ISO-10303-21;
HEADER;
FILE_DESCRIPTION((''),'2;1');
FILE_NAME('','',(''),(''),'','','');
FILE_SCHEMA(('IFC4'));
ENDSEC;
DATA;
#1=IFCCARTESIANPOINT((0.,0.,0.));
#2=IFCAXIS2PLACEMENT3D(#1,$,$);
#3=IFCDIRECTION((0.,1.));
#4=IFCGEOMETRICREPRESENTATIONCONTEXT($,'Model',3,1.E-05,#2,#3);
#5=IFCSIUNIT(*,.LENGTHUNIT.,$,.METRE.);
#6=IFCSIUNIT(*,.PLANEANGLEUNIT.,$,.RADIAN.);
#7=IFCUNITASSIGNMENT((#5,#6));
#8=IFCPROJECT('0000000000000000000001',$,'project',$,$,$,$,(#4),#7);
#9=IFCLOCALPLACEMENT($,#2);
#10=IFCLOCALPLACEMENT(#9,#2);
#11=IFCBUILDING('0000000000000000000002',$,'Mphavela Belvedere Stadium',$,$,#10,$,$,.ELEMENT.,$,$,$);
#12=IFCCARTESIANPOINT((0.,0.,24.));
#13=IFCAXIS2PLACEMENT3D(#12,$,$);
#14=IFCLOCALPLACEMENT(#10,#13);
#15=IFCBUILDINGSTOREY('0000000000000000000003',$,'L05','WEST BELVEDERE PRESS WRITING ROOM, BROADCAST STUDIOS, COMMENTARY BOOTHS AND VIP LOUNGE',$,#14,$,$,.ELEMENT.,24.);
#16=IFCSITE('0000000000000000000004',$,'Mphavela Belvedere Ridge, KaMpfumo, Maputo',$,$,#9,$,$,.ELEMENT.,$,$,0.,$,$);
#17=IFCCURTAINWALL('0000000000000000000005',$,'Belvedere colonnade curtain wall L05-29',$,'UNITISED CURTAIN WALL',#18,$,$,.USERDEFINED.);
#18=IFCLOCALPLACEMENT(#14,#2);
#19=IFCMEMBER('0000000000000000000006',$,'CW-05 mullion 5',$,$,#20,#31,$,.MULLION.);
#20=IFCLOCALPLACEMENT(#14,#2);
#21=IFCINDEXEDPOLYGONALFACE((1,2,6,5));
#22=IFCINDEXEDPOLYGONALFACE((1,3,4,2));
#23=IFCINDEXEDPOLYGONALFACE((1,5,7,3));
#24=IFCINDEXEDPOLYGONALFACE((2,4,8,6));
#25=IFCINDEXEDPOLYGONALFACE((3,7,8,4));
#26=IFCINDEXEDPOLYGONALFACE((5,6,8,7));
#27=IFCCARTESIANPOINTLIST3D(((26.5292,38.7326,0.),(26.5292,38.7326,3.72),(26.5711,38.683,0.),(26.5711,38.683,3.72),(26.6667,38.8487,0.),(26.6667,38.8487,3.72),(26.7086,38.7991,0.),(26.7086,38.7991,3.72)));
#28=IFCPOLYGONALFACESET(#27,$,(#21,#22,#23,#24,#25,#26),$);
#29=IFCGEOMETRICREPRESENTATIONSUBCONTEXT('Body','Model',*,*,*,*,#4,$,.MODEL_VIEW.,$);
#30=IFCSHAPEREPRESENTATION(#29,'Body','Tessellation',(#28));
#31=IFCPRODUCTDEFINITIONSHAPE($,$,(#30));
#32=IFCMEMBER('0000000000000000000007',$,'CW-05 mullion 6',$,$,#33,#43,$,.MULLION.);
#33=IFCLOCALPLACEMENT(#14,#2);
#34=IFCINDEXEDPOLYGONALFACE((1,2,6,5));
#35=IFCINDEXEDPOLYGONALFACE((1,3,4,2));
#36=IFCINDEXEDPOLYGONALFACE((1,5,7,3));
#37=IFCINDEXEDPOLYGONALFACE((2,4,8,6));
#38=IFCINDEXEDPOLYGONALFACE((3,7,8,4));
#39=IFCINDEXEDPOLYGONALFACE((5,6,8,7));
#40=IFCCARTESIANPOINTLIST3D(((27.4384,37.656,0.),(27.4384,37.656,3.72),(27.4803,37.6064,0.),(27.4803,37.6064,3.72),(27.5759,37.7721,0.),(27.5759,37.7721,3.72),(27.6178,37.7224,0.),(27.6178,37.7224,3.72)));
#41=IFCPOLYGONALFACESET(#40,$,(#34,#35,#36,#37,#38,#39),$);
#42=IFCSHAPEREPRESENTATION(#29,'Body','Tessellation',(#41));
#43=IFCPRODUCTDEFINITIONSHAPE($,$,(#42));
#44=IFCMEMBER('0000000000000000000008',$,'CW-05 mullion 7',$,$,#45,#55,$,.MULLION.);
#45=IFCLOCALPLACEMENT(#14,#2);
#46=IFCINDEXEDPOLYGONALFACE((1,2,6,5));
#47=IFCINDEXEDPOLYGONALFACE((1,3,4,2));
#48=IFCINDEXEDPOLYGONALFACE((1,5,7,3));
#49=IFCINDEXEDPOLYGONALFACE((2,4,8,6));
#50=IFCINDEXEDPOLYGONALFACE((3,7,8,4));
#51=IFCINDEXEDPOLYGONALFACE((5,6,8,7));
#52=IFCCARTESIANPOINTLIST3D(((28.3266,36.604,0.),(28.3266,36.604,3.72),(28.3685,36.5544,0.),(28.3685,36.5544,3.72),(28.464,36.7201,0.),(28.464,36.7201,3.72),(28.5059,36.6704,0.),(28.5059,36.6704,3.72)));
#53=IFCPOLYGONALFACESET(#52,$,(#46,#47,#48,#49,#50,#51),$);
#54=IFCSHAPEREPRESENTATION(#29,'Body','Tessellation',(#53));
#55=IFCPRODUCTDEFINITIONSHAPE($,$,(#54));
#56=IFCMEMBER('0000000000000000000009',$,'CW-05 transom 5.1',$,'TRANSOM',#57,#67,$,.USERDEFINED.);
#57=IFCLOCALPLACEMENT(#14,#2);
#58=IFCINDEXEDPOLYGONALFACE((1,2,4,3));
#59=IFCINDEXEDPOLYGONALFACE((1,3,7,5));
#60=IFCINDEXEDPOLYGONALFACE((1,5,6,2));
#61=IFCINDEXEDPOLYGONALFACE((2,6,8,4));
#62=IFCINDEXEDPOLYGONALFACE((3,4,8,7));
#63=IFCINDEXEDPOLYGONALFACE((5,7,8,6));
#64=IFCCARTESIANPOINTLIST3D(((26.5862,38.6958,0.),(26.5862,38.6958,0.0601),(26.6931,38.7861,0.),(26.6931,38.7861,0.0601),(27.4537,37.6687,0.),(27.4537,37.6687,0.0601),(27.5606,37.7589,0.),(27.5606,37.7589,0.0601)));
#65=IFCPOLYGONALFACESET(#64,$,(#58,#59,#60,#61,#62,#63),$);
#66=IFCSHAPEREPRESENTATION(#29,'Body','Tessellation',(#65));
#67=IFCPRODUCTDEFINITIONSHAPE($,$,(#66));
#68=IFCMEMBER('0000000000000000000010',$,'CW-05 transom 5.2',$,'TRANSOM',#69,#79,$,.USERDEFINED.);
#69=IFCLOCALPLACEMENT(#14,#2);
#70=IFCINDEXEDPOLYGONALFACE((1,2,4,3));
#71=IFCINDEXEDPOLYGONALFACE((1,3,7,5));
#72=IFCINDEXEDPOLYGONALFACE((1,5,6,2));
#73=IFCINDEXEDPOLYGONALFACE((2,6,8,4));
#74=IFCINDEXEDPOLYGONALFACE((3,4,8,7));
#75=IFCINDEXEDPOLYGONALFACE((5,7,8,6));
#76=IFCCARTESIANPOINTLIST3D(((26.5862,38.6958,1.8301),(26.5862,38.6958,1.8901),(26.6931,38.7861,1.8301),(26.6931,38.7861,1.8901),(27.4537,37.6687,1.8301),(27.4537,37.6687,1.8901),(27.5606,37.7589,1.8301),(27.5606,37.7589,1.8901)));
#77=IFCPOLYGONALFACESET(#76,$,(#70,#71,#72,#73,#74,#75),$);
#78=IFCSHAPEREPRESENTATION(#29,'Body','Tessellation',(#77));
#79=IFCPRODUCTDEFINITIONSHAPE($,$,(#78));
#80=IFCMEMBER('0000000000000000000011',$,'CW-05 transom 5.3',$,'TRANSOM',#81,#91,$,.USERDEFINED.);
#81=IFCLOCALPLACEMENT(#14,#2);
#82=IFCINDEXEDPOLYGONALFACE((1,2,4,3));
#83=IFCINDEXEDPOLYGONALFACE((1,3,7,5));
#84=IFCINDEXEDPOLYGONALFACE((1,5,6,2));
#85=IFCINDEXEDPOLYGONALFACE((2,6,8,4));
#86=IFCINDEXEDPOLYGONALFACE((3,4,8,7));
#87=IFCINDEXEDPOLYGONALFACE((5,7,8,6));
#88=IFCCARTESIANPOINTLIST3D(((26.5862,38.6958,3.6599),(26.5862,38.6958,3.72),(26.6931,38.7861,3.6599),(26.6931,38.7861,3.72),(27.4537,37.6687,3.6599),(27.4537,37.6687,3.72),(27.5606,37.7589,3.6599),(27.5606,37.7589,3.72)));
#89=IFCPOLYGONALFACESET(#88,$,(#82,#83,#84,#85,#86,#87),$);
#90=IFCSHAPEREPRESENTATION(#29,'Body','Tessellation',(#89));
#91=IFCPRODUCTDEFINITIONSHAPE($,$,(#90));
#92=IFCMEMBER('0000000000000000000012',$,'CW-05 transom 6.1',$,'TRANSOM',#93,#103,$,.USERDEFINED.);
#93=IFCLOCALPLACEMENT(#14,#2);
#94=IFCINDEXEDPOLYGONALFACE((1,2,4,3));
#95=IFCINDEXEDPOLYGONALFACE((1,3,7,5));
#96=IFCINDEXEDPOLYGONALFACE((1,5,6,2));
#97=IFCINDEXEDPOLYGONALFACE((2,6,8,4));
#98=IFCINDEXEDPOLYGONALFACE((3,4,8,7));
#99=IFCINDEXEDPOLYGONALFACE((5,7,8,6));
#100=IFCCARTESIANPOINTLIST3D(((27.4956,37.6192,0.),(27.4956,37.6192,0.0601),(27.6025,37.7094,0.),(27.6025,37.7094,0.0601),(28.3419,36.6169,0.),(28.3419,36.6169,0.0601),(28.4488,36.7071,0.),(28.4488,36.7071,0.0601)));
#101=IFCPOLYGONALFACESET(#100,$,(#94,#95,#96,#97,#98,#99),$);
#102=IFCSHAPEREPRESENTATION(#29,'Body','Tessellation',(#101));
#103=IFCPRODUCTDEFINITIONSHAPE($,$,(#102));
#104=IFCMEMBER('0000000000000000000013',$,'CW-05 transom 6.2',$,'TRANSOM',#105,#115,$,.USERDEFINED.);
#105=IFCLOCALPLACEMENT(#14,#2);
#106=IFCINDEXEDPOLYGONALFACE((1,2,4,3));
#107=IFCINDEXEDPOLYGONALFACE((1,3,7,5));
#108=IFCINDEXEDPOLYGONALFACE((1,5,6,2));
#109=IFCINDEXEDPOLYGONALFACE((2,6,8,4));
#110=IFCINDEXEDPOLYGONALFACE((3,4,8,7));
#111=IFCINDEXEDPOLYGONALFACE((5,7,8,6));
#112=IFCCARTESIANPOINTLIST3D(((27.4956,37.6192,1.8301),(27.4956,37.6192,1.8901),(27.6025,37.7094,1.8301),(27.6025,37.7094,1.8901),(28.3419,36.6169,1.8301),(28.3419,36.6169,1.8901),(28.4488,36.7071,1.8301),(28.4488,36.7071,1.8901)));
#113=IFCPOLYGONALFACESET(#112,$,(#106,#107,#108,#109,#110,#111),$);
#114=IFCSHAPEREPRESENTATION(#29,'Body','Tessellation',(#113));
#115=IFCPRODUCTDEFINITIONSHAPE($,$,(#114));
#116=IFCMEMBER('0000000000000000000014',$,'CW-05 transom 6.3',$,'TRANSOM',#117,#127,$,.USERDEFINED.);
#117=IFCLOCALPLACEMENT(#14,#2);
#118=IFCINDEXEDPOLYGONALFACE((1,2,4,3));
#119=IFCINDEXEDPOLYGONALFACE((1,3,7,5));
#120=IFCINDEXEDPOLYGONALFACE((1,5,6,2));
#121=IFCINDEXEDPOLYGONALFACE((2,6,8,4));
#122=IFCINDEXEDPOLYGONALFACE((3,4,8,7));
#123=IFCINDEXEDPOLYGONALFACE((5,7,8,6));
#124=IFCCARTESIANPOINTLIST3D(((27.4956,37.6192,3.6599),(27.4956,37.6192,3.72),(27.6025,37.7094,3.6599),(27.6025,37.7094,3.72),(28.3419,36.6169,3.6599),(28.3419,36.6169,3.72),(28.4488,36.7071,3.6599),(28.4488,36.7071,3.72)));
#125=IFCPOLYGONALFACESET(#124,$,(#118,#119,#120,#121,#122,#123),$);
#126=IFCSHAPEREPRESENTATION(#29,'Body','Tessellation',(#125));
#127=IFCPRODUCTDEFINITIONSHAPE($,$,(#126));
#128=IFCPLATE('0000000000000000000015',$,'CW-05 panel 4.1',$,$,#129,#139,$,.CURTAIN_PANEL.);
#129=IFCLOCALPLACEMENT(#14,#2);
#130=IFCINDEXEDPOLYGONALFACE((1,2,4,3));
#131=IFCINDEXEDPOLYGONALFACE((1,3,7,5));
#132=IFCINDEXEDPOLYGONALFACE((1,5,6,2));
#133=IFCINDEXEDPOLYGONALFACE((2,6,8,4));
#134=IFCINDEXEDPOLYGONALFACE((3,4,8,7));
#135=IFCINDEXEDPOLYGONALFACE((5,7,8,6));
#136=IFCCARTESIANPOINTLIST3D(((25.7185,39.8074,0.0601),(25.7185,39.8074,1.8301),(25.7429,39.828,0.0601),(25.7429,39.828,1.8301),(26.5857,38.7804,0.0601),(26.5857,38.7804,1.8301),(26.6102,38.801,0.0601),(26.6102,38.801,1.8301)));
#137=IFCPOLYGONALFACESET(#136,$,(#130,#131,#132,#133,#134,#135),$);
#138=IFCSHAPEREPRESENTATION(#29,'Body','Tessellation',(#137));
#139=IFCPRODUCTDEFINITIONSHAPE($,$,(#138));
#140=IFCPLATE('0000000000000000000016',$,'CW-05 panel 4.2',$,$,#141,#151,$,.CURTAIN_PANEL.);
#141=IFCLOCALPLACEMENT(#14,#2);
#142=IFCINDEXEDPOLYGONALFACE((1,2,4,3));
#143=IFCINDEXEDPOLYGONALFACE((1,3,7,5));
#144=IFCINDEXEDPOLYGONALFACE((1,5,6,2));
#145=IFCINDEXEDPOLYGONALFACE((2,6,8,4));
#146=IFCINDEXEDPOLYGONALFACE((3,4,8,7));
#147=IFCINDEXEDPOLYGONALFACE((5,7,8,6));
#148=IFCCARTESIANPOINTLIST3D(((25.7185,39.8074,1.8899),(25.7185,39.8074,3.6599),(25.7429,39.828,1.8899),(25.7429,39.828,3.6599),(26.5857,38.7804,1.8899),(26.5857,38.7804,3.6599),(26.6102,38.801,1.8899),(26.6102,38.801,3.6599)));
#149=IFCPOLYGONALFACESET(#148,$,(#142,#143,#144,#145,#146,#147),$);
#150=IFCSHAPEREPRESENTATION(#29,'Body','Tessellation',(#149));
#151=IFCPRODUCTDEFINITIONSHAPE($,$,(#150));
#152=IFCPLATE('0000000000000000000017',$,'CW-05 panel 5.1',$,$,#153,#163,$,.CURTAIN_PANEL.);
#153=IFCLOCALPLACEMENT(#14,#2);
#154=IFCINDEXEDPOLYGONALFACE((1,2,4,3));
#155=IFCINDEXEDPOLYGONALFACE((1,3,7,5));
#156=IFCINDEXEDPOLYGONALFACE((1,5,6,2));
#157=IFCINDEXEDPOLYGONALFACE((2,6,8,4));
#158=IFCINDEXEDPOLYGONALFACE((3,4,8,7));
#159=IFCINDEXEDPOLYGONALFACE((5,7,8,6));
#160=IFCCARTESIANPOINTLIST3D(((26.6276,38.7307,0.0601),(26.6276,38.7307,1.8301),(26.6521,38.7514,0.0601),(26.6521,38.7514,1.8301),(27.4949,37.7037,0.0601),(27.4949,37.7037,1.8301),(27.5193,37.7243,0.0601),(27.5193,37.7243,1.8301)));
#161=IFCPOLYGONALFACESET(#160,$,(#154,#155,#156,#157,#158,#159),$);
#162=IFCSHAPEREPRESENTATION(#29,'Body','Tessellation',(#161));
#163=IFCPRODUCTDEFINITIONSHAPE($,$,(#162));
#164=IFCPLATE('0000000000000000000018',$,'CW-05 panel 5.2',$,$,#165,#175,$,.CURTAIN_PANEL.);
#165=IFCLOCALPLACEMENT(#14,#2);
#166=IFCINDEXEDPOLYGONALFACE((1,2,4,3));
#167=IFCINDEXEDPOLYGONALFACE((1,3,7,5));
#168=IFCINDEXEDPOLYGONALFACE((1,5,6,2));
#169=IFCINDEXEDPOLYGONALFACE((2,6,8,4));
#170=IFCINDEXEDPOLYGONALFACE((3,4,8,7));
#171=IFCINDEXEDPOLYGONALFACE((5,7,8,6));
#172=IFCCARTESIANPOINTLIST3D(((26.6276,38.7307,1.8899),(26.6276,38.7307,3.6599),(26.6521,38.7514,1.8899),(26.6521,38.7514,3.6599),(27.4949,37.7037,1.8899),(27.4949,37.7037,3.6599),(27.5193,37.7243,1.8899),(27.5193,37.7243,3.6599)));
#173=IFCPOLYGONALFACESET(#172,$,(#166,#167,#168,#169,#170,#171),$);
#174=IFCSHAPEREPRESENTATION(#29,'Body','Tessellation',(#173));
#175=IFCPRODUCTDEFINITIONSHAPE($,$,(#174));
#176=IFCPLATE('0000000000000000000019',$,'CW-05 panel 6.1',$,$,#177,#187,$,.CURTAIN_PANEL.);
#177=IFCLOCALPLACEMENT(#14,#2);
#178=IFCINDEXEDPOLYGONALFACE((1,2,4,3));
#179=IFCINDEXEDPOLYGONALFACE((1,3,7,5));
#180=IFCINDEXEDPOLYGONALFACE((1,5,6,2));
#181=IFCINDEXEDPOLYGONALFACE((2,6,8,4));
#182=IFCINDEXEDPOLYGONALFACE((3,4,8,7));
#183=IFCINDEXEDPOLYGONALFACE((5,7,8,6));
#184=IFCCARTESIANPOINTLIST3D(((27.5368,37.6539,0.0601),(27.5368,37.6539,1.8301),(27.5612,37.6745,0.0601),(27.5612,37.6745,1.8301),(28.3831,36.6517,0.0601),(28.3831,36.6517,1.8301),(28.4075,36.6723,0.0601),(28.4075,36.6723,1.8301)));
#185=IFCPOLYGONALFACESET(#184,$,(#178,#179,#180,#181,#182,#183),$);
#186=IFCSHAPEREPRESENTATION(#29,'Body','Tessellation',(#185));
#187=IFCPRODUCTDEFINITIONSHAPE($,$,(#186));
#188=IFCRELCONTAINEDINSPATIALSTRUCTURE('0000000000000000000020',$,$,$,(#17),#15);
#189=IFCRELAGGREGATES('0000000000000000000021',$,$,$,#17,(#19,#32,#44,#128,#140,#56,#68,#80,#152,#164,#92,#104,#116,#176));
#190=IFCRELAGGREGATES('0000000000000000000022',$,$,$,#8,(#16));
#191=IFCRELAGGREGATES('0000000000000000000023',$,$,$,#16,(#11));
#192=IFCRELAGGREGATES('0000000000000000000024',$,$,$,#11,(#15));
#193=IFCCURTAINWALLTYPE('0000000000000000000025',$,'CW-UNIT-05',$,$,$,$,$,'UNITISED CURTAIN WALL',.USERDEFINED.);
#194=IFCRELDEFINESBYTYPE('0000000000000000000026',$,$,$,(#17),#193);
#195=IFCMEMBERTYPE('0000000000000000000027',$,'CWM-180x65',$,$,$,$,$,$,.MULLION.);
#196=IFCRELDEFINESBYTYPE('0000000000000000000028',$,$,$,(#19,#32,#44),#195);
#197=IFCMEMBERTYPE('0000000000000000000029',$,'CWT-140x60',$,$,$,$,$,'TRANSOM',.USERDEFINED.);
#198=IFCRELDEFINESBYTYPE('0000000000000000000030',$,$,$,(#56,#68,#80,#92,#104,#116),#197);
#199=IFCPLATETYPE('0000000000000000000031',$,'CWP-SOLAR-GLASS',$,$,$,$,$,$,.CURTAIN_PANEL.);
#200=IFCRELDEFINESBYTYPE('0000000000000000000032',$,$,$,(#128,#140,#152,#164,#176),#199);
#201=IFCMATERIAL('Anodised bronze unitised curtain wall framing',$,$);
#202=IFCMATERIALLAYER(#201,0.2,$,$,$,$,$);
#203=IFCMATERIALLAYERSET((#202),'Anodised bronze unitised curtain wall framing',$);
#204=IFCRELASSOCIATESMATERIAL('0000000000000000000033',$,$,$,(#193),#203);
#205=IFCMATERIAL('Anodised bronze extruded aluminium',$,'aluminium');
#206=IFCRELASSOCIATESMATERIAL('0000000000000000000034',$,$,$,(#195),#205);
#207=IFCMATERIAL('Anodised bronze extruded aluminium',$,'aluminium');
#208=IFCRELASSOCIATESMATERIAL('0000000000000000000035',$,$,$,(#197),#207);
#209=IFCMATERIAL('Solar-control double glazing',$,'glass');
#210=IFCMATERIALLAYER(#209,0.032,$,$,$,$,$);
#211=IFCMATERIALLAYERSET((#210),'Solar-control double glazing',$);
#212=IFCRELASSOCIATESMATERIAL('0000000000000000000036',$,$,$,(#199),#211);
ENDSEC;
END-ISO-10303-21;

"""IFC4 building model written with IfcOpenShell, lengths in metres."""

from ifc_helpers import new_model, si_unit, direction, frame, origin, origin_2d, place, context, subcontext, project, spatial, rectangle, extrude, material, layer, layer_set, material_profile, profile_set, type_object, element, aggregate, save


model = new_model("IFC4")

# Units and contexts
model_context = context("Model", 3, precision=1e-05, world=origin(), true_north=direction((0.0, 1.0)))
body_context = subcontext(model_context, "Body", "Model", "MODEL_VIEW")
ifc_project = project(units=[si_unit("LENGTHUNIT", "METRE"), si_unit("PLANEANGLEUNIT", "RADIAN")], contexts=[model_context])

# Site, building, storey
site_placement = place(None, origin())
site = spatial("IfcSite", under=ifc_project, at=site_placement, Name="Mphavela Belvedere Ridge, KaMpfumo, Maputo", CompositionType="ELEMENT", RefElevation=0.0)
building_placement = place(site_placement, origin())
building = spatial("IfcBuilding", under=site, at=building_placement, Name="Mphavela Belvedere Stadium", CompositionType="ELEMENT")
storey_placement = place(building_placement, frame((0.0, 0.0, 24.0)))
storey = spatial("IfcBuildingStorey", under=building, at=storey_placement, Name="L05", Description="WEST BELVEDERE PRESS WRITING ROOM, BROADCAST STUDIOS, COMMENTARY BOOTHS AND VIP LOUNGE", CompositionType="ELEMENT", Elevation=24.0)

# Curtain wall, members, plates
ifc_material_1 = material(Name="Anodised bronze unitised curtain wall framing")
ifc_layer_1 = layer(ifc_material_1, 0.2)
ifc_layer_set_1 = layer_set([ifc_layer_1], Name="Anodised bronze unitised curtain wall framing")
curtain_wall_type = type_object("IfcCurtainWallType", Name="CW-UNIT-05", ElementType="UNITISED CURTAIN WALL", PredefinedType="USERDEFINED", material=ifc_layer_set_1)
curtain_wall_placement = place(storey_placement, origin())
curtain_wall = element("IfcCurtainWall", 1, at=curtain_wall_placement, inside=storey, type_object=curtain_wall_type, Name="Belvedere colonnade curtain wall L05-29", ObjectType="UNITISED CURTAIN WALL", PredefinedType="USERDEFINED")
ifc_material_2 = material(Name="Anodised bronze extruded aluminium", Category="aluminium")
ifc_material_profile_1 = material_profile(ifc_material_2, rectangle(XDim=0.1799, YDim=0.0649, at=origin_2d()), Name="CW-MUL 180x65")
ifc_profile_set_1 = profile_set([ifc_material_profile_1], Name="Anodised bronze extruded aluminium")
member_type_1 = type_object("IfcMemberType", Name="CWM-180x65", PredefinedType="MULLION", material=ifc_profile_set_1)
member_1_placement = place(storey_placement, frame((26.6189, 38.7659, 0.0), z_axis=(0.0, 0.0, 1.0), x_axis=(0.764035, 0.645175, 0.0)))
member_1 = element("IfcMember", 2, at=member_1_placement, type_object=member_type_1, Name="CW-05 mullion 5", PredefinedType="MULLION", context=body_context, shape_type="SweptSolid", body=[
    extrude(rectangle(XDim=0.1799, YDim=0.0649, at=origin_2d()), origin(), (0.0, 0.0, 1.0), 3.72),
])
member_2_placement = place(storey_placement, frame((27.5281, 37.6892, 0.0), z_axis=(0.0, 0.0, 1.0), x_axis=(0.764035, 0.645175, 0.0)))
member_2 = element("IfcMember", 3, at=member_2_placement, type_object=member_type_1, Name="CW-05 mullion 6", PredefinedType="MULLION", context=body_context, shape_type="SweptSolid", body=[
    extrude(rectangle(XDim=0.1799, YDim=0.0649, at=origin_2d()), origin(), (0.0, 0.0, 1.0), 3.72),
])
member_3_placement = place(storey_placement, frame((28.4163, 36.6372, 0.0), z_axis=(0.0, 0.0, 1.0), x_axis=(0.764035, 0.645175, 0.0)))
member_3 = element("IfcMember", 4, at=member_3_placement, type_object=member_type_1, Name="CW-05 mullion 7", PredefinedType="MULLION", context=body_context, shape_type="SweptSolid", body=[
    extrude(rectangle(XDim=0.1799, YDim=0.0649, at=origin_2d()), origin(), (0.0, 0.0, 1.0), 3.72),
])
ifc_material_3 = material(Name="Anodised bronze extruded aluminium", Category="aluminium")
ifc_material_profile_2 = material_profile(ifc_material_3, rectangle(XDim=0.1399, YDim=0.0601, at=origin_2d()), Name="CW-TRN 140x60")
ifc_profile_set_2 = profile_set([ifc_material_profile_2], Name="Anodised bronze extruded aluminium")
member_type_2 = type_object("IfcMemberType", Name="CWT-140x60", ElementType="TRANSOM", PredefinedType="USERDEFINED", material=ifc_profile_set_2)
member_4_placement = place(storey_placement, frame((26.6396, 38.741, 0.03), z_axis=(0.645226, -0.763992, 0.0), x_axis=(0.763992, 0.645226, 0.0)))
member_4 = element("IfcMember", 5, at=member_4_placement, type_object=member_type_2, Name="CW-05 transom 5.1", ObjectType="TRANSOM", PredefinedType="USERDEFINED", context=body_context, shape_type="SweptSolid", body=[
    extrude(rectangle(XDim=0.1399, YDim=0.0601, at=origin_2d()), origin(), (0.0, 0.0, 1.0), 1.3445),
])
member_5_placement = place(storey_placement, frame((26.6396, 38.741, 1.8601), z_axis=(0.645226, -0.763992, 0.0), x_axis=(0.763992, 0.645226, 0.0)))
member_5 = element("IfcMember", 6, at=member_5_placement, type_object=member_type_2, Name="CW-05 transom 5.2", ObjectType="TRANSOM", PredefinedType="USERDEFINED", context=body_context, shape_type="SweptSolid", body=[
    extrude(rectangle(XDim=0.1399, YDim=0.0601, at=origin_2d()), origin(), (0.0, 0.0, 1.0), 1.3445),
])
member_6_placement = place(storey_placement, frame((26.6396, 38.741, 3.6899), z_axis=(0.645226, -0.763992, 0.0), x_axis=(0.763992, 0.645226, 0.0)))
member_6 = element("IfcMember", 7, at=member_6_placement, type_object=member_type_2, Name="CW-05 transom 5.3", ObjectType="TRANSOM", PredefinedType="USERDEFINED", context=body_context, shape_type="SweptSolid", body=[
    extrude(rectangle(XDim=0.1399, YDim=0.0601, at=origin_2d()), origin(), (0.0, 0.0, 1.0), 1.3445),
])
member_7_placement = place(storey_placement, frame((27.5491, 37.6643, 0.03), z_axis=(0.645133, -0.764071, 0.0), x_axis=(0.764071, 0.645133, 0.0)))
member_7 = element("IfcMember", 8, at=member_7_placement, type_object=member_type_2, Name="CW-05 transom 6.1", ObjectType="TRANSOM", PredefinedType="USERDEFINED", context=body_context, shape_type="SweptSolid", body=[
    extrude(rectangle(XDim=0.1399, YDim=0.0601, at=origin_2d()), origin(), (0.0, 0.0, 1.0), 1.3118),
])
member_8_placement = place(storey_placement, frame((27.5491, 37.6643, 1.8601), z_axis=(0.645133, -0.764071, 0.0), x_axis=(0.764071, 0.645133, 0.0)))
member_8 = element("IfcMember", 9, at=member_8_placement, type_object=member_type_2, Name="CW-05 transom 6.2", ObjectType="TRANSOM", PredefinedType="USERDEFINED", context=body_context, shape_type="SweptSolid", body=[
    extrude(rectangle(XDim=0.1399, YDim=0.0601, at=origin_2d()), origin(), (0.0, 0.0, 1.0), 1.3118),
])
member_9_placement = place(storey_placement, frame((27.5491, 37.6643, 3.6899), z_axis=(0.645133, -0.764071, 0.0), x_axis=(0.764071, 0.645133, 0.0)))
member_9 = element("IfcMember", 10, at=member_9_placement, type_object=member_type_2, Name="CW-05 transom 6.3", ObjectType="TRANSOM", PredefinedType="USERDEFINED", context=body_context, shape_type="SweptSolid", body=[
    extrude(rectangle(XDim=0.1399, YDim=0.0601, at=origin_2d()), origin(), (0.0, 0.0, 1.0), 1.3118),
])
ifc_material_4 = material(Name="Solar-control double glazing", Category="glass")
ifc_layer_2 = layer(ifc_material_4, 0.032)
ifc_layer_set_2 = layer_set([ifc_layer_2], Name="Solar-control double glazing")
plate_type = type_object("IfcPlateType", Name="CWP-SOLAR-GLASS", PredefinedType="CURTAIN_PANEL", material=ifc_layer_set_2)
plate_1_placement = place(storey_placement, frame((26.1643, 39.3042, 0.0601), z_axis=(0.0, 0.0, 1.0), x_axis=(0.645175, -0.764035, 0.0)))
plate_1 = element("IfcPlate", 11, at=plate_1_placement, type_object=plate_type, Name="CW-05 panel 4.1", PredefinedType="CURTAIN_PANEL", context=body_context, shape_type="SweptSolid", body=[
    extrude(rectangle(XDim=1.3442, YDim=0.032, at=origin_2d()), origin(), (0.0, 0.0, 1.0), 1.77),
])
plate_2_placement = place(storey_placement, frame((26.1643, 39.3042, 1.8899), z_axis=(0.0, 0.0, 1.0), x_axis=(0.645175, -0.764035, 0.0)))
plate_2 = element("IfcPlate", 12, at=plate_2_placement, type_object=plate_type, Name="CW-05 panel 4.2", PredefinedType="CURTAIN_PANEL", context=body_context, shape_type="SweptSolid", body=[
    extrude(rectangle(XDim=1.3442, YDim=0.032, at=origin_2d()), origin(), (0.0, 0.0, 1.0), 1.77),
])
plate_3_placement = place(storey_placement, frame((27.0735, 38.2275, 0.0601), z_axis=(0.0, 0.0, 1.0), x_axis=(0.645175, -0.764035, 0.0)))
plate_3 = element("IfcPlate", 13, at=plate_3_placement, type_object=plate_type, Name="CW-05 panel 5.1", PredefinedType="CURTAIN_PANEL", context=body_context, shape_type="SweptSolid", body=[
    extrude(rectangle(XDim=1.3442, YDim=0.032, at=origin_2d()), origin(), (0.0, 0.0, 1.0), 1.77),
])
plate_4_placement = place(storey_placement, frame((27.0735, 38.2275, 1.8899), z_axis=(0.0, 0.0, 1.0), x_axis=(0.645175, -0.764035, 0.0)))
plate_4 = element("IfcPlate", 14, at=plate_4_placement, type_object=plate_type, Name="CW-05 panel 5.2", PredefinedType="CURTAIN_PANEL", context=body_context, shape_type="SweptSolid", body=[
    extrude(rectangle(XDim=1.3442, YDim=0.032, at=origin_2d()), origin(), (0.0, 0.0, 1.0), 1.77),
])
plate_5_placement = place(storey_placement, frame((27.9722, 37.1631, 0.0601), z_axis=(0.0, 0.0, 1.0), x_axis=(0.645175, -0.764035, 0.0)))
plate_5 = element("IfcPlate", 15, at=plate_5_placement, type_object=plate_type, Name="CW-05 panel 6.1", PredefinedType="CURTAIN_PANEL", context=body_context, shape_type="SweptSolid", body=[
    extrude(rectangle(XDim=1.3118, YDim=0.032, at=origin_2d()), origin(), (0.0, 0.0, 1.0), 1.77),
])
aggregate(curtain_wall, [member_1, member_2, member_3, plate_1, plate_2, member_4, member_5, member_6, plate_3, plate_4, member_7, member_8, member_9, plate_5])

save(model, "model.ifc")
